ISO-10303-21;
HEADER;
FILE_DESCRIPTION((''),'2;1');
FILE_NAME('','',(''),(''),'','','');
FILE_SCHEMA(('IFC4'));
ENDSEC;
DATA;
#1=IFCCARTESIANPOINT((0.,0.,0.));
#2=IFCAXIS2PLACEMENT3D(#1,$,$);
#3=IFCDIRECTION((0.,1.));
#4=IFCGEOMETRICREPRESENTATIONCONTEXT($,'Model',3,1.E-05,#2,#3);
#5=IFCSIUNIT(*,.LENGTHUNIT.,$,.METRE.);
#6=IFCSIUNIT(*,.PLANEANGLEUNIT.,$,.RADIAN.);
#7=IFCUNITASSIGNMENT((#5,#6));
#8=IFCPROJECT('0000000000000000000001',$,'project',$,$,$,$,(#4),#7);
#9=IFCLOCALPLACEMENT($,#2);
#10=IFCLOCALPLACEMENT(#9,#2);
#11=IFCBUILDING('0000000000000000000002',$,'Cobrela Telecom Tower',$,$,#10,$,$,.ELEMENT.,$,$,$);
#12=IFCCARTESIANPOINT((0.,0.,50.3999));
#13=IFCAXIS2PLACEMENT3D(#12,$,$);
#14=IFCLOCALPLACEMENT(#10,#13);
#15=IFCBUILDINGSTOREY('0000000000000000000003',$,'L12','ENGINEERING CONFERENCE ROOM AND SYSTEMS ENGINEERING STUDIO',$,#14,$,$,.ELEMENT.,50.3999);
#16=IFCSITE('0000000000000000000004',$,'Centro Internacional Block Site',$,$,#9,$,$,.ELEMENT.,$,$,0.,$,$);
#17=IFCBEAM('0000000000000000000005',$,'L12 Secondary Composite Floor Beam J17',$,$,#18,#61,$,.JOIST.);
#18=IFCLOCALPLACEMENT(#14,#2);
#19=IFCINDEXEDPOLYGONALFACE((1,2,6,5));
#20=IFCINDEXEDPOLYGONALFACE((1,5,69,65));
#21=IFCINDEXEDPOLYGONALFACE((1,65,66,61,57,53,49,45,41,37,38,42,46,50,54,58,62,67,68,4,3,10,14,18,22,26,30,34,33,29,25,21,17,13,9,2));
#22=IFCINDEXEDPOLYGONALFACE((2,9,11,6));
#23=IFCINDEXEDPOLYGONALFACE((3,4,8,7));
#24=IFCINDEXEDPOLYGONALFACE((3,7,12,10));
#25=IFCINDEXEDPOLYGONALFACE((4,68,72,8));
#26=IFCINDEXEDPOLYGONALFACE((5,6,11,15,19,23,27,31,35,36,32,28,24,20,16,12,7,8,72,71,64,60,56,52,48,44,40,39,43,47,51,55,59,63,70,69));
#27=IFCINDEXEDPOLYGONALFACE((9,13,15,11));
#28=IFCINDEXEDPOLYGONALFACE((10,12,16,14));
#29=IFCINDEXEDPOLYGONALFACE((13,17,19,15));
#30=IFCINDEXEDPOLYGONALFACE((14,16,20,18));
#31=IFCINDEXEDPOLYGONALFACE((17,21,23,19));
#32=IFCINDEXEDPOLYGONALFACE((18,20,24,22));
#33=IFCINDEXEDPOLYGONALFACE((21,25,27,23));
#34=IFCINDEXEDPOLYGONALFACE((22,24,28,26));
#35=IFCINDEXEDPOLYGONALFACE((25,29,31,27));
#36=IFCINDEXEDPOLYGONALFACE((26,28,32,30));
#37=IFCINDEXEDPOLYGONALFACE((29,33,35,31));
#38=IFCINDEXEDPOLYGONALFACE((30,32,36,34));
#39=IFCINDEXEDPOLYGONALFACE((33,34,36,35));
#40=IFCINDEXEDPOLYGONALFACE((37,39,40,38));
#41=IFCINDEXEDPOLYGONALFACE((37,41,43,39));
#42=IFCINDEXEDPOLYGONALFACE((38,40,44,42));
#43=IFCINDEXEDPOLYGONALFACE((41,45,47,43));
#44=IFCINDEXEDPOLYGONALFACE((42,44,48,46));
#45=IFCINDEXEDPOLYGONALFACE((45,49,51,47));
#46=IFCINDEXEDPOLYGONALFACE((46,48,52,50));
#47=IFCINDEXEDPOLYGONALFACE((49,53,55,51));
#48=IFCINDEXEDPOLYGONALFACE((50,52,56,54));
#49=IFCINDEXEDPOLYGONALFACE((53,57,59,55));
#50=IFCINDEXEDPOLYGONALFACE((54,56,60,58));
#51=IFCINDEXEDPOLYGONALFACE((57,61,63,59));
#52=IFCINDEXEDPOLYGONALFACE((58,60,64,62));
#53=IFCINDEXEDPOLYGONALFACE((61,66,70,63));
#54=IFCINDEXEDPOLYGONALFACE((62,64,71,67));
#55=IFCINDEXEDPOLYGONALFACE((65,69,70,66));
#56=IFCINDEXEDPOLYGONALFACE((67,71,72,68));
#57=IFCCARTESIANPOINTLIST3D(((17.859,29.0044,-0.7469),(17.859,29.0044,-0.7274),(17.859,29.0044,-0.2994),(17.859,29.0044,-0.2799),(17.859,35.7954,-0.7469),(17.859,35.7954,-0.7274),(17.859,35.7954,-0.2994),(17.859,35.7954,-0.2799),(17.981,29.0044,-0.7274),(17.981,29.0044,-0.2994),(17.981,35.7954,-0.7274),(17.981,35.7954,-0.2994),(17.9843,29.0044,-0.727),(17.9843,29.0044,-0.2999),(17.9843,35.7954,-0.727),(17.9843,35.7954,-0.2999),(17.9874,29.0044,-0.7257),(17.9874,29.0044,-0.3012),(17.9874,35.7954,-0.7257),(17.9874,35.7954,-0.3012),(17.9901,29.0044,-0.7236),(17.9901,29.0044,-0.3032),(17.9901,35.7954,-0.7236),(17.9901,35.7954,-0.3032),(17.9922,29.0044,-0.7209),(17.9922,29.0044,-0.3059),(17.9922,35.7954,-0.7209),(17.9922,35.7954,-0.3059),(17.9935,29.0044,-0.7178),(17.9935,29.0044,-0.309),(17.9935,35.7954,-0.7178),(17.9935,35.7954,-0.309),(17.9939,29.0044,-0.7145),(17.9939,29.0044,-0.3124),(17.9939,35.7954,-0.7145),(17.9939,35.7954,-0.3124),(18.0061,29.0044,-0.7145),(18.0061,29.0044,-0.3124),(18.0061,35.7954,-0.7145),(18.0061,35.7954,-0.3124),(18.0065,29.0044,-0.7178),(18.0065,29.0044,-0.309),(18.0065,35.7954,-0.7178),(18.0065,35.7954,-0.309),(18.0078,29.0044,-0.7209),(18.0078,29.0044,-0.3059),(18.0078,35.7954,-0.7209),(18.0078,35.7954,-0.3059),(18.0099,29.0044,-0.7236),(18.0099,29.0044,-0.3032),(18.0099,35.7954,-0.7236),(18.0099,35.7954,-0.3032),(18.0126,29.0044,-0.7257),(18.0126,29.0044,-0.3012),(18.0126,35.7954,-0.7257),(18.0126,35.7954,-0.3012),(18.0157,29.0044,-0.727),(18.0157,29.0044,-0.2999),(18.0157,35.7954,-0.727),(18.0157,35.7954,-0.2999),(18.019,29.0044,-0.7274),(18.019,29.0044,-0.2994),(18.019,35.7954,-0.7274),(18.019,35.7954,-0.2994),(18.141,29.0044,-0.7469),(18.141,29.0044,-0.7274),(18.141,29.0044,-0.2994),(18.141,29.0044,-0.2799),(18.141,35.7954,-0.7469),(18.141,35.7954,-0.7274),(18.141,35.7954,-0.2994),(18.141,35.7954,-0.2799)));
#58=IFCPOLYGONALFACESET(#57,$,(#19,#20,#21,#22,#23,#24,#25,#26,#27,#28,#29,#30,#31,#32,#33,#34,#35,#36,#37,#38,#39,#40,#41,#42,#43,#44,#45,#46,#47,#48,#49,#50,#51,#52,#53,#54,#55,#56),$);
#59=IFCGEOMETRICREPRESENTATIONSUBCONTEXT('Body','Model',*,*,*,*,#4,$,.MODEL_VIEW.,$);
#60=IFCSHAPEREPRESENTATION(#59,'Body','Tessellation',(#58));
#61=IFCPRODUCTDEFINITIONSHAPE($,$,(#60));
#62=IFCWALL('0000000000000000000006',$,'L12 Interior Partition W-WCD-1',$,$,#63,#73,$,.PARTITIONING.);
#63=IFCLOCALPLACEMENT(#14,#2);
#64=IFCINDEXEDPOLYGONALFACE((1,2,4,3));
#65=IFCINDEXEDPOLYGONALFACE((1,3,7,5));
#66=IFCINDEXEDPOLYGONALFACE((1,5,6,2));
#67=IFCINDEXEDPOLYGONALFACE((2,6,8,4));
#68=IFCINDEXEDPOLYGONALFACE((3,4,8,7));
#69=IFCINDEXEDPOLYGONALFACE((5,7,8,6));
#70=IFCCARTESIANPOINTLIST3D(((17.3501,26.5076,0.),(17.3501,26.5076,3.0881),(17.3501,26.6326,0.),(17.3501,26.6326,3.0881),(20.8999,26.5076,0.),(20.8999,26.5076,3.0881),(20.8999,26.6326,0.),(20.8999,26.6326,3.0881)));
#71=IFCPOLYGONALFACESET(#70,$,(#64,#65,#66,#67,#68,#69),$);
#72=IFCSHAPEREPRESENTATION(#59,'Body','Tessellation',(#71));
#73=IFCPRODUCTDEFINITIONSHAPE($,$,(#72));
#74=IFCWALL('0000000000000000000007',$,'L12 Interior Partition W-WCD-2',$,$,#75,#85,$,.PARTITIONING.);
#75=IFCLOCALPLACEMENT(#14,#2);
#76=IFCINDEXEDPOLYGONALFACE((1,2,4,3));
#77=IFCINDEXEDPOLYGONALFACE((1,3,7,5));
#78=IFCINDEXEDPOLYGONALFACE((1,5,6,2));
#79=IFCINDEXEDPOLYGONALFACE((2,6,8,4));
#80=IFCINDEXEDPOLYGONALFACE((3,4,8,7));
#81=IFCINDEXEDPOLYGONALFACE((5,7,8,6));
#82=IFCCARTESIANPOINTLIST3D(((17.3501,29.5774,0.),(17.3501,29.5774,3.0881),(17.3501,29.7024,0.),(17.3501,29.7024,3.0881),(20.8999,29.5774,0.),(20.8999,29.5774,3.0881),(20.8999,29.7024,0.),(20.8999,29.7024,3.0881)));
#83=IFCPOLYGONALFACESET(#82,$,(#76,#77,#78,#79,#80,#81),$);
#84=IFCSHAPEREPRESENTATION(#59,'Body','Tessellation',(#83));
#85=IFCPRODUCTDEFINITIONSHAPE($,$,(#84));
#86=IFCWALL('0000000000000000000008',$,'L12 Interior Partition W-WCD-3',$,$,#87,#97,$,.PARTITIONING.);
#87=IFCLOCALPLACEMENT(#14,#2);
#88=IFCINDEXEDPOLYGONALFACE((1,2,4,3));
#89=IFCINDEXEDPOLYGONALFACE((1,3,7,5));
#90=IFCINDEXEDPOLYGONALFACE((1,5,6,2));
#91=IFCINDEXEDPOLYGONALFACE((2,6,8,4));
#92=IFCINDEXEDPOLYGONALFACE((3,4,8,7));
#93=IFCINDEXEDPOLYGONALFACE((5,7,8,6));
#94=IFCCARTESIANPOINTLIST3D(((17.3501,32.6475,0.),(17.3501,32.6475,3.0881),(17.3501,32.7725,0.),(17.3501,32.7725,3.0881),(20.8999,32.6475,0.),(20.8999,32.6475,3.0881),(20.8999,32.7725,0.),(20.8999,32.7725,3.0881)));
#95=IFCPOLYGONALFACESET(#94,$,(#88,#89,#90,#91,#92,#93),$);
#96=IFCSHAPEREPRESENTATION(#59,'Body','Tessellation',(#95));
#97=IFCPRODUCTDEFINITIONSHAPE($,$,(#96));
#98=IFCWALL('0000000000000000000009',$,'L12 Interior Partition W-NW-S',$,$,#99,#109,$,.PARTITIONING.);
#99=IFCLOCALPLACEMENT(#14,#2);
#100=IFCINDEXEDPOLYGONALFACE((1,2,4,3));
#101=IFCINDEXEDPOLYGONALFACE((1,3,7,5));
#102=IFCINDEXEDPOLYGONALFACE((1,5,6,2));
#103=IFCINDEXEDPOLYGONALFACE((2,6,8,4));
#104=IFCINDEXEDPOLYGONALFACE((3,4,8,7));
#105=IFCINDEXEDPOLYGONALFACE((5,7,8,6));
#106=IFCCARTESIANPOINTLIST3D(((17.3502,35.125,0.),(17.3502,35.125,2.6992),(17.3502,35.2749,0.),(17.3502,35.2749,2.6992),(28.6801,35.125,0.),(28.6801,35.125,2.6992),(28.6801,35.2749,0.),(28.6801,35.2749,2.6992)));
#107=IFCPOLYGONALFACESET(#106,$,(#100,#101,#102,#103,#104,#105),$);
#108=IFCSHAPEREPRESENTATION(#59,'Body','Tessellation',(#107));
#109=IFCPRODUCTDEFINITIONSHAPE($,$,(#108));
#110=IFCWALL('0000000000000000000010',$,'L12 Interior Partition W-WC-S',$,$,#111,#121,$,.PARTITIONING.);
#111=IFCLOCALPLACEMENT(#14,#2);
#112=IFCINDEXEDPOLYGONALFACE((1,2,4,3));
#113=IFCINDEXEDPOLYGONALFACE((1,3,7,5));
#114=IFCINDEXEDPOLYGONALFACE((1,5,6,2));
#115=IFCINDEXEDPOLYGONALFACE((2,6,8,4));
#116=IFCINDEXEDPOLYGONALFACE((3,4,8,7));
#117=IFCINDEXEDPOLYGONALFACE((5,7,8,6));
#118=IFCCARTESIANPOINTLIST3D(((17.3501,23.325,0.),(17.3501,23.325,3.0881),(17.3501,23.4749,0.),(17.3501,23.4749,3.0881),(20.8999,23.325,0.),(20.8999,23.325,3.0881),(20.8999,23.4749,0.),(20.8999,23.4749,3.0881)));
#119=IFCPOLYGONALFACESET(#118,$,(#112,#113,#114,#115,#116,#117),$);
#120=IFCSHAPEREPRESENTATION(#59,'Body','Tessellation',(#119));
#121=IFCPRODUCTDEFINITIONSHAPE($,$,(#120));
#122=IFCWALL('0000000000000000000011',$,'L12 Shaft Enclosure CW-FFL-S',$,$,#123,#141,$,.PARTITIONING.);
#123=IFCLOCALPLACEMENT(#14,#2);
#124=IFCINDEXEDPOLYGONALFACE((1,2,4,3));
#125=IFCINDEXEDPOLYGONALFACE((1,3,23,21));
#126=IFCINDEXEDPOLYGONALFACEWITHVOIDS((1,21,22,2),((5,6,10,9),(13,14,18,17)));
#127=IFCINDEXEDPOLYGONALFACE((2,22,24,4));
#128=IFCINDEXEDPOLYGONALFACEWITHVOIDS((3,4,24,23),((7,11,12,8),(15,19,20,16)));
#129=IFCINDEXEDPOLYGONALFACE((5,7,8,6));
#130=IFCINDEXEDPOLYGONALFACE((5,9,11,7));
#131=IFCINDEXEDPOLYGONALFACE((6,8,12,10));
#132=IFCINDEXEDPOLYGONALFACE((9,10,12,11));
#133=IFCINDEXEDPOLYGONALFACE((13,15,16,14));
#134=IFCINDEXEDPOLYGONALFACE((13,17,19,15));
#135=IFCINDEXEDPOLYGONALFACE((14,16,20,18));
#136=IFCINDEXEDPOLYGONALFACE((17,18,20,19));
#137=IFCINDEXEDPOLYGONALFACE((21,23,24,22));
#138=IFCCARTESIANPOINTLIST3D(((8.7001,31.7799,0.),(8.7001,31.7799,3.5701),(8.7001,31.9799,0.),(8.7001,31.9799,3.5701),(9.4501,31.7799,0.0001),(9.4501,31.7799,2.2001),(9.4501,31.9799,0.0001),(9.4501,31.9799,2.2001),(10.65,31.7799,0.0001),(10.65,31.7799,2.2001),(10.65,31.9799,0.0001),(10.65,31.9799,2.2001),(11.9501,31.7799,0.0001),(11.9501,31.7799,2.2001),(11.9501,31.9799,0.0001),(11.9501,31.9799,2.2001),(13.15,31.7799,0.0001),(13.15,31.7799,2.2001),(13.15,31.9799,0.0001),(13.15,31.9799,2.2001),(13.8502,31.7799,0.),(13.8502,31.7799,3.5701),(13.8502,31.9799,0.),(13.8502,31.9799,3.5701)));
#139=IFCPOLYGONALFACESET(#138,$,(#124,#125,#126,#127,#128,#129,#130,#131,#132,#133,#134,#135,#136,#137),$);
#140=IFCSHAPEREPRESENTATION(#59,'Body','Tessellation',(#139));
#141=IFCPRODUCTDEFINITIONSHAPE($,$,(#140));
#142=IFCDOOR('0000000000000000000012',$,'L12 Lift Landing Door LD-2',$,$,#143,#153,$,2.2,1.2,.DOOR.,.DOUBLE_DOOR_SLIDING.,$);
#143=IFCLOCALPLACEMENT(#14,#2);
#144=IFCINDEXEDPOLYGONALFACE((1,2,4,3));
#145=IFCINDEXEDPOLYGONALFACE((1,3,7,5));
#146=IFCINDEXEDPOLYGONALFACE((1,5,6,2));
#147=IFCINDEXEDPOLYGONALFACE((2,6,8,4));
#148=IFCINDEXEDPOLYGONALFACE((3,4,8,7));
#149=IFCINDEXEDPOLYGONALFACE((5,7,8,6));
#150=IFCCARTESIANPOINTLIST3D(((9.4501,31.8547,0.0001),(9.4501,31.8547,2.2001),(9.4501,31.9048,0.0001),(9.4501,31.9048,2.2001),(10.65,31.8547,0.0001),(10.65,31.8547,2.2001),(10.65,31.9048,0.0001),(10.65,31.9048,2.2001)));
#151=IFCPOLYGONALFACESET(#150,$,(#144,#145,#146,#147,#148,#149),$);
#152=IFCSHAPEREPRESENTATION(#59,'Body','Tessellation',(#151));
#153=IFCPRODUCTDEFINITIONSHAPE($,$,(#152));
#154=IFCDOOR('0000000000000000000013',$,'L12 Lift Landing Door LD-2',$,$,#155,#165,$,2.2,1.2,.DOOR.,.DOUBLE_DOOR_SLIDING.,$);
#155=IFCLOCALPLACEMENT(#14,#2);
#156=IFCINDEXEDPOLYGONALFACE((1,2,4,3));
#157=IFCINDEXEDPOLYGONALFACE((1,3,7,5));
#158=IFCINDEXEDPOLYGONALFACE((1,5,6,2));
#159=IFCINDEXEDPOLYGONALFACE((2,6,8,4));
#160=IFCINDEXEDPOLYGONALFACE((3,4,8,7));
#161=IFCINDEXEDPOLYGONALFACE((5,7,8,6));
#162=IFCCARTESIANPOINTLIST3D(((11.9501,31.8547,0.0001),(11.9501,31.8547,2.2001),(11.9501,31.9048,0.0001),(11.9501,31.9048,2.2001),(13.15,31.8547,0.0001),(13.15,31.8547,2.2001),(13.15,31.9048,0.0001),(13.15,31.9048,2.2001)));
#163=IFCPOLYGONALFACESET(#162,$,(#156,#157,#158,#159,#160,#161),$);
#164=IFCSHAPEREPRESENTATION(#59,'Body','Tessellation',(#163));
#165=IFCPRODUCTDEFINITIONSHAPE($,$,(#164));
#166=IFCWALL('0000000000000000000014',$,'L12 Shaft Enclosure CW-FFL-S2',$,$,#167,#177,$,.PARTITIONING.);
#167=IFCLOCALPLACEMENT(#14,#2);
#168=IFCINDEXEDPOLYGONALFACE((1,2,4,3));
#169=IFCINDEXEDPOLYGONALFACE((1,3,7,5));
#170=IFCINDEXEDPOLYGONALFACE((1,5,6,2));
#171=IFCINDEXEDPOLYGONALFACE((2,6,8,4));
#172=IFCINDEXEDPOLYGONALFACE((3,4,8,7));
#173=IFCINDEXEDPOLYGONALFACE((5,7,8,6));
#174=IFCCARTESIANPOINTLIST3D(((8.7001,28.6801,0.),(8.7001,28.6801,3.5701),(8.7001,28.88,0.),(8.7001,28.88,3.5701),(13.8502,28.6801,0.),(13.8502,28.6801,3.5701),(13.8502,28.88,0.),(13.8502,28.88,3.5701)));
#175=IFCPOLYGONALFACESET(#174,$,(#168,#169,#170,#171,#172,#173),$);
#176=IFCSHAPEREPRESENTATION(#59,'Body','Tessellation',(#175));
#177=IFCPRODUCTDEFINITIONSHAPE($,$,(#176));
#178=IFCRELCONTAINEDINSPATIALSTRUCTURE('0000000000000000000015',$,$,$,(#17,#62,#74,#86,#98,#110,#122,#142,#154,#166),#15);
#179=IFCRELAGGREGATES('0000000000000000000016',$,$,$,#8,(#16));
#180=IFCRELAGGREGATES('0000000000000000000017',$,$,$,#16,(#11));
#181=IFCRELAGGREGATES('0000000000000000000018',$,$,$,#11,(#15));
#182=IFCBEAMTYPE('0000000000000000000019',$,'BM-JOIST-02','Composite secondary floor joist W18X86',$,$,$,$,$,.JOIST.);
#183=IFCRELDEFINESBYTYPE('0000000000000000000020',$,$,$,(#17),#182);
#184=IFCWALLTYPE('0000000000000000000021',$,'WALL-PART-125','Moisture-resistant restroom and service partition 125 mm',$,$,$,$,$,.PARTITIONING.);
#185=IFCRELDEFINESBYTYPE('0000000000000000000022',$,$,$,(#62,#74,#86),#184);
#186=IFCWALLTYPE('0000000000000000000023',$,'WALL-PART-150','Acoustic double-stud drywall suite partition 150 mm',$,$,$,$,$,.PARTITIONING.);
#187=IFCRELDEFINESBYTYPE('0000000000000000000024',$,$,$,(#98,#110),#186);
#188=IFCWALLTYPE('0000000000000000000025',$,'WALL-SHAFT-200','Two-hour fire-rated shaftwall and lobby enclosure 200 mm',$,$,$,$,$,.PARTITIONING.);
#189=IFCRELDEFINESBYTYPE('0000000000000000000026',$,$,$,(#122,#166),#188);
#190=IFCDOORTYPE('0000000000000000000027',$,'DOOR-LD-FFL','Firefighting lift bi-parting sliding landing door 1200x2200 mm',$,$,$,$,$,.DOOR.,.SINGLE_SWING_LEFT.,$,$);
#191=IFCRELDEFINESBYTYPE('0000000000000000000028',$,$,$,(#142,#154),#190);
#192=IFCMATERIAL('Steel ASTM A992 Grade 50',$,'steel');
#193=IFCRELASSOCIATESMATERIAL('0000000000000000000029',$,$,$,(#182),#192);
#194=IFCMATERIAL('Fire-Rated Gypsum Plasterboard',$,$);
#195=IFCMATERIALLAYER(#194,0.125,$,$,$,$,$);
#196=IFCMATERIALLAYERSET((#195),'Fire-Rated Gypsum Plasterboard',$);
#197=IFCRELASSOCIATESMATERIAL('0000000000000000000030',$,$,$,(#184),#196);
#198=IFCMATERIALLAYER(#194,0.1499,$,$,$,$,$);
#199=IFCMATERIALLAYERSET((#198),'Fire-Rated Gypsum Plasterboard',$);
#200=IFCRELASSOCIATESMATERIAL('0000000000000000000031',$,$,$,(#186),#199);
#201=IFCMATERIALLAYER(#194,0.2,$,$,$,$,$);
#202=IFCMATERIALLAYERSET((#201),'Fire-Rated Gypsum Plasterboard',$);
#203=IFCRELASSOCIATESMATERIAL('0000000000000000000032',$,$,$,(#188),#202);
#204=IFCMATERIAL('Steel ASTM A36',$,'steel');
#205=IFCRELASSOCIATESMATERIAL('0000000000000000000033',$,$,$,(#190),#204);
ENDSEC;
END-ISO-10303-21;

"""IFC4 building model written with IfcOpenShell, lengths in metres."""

from ifc_helpers import new_model, si_unit, direction, frame, frame_2d, origin, origin_2d, place, context, subcontext, project, spatial, rectangle, i_section, extrude, material, layer, layer_set, material_profile, profile_set, type_object, element, fill, save


model = new_model("IFC4")

# Units and contexts
model_context = context("Model", 3, precision=1e-05, world=origin(), true_north=direction((0.0, 1.0)))
body_context = subcontext(model_context, "Body", "Model", "MODEL_VIEW")
ifc_project = project(units=[si_unit("LENGTHUNIT", "METRE"), si_unit("PLANEANGLEUNIT", "RADIAN")], contexts=[model_context])

# Site, building, storey
site_placement = place(None, origin())
site = spatial("IfcSite", under=ifc_project, at=site_placement, Name="Centro Internacional Block Site", CompositionType="ELEMENT", RefElevation=0.0)
building_placement = place(site_placement, origin())
building = spatial("IfcBuilding", under=site, at=building_placement, Name="Cobrela Telecom Tower", CompositionType="ELEMENT")
storey_placement = place(building_placement, frame((0.0, 0.0, 50.3999)))
storey = spatial("IfcBuildingStorey", under=building, at=storey_placement, Name="L12", Description="ENGINEERING CONFERENCE ROOM AND SYSTEMS ENGINEERING STUDIO", CompositionType="ELEMENT", Elevation=50.3999)

# Beam
ifc_material_1 = material(Name="Steel ASTM A992 Grade 50", Category="steel")
ifc_material_profile_1 = material_profile(ifc_material_1, i_section(OverallWidth=0.282, OverallDepth=0.467, WebThickness=0.0122, FlangeThickness=0.0195, FilletRadius=0.0129, at=origin_2d()), Name="W18X86")
ifc_profile_set_1 = profile_set([ifc_material_profile_1], Name="Steel ASTM A992 Grade 50")
beam_type_1 = type_object("IfcBeamType", Name="BM-JOIST-02", Description="Composite secondary floor joist W18X86", PredefinedType="JOIST", material=ifc_profile_set_1)
for number, where, z_axis, x_axis, name in (
    (1, (18.0, 29.0044, -0.5134), (0.0, 1.0, 0.0), (-1.0, 0.0, 0.0), "L12 Secondary Composite Floor Beam J17"),
):
    element("IfcBeam", number, at=place(storey_placement, frame(where, z_axis=z_axis, x_axis=x_axis)), inside=storey, type_object=beam_type_1, Name=name, PredefinedType="JOIST", context=body_context, shape_type="SweptSolid", body=[
        extrude(i_section(OverallWidth=0.282, OverallDepth=0.467, WebThickness=0.0122, FlangeThickness=0.0195, FilletRadius=0.0129, at=origin_2d()), origin(), (0.0, 0.0, 1.0), 6.791),
    ])

# Shared definitions
ifc_material_2 = material(Name="Steel ASTM A36", Category="steel")

# Walls
ifc_material_3 = material(Name="Fire-Rated Gypsum Plasterboard")
ifc_layer_1 = layer(ifc_material_3, 0.125)
ifc_layer_set_1 = layer_set([ifc_layer_1], Name="Fire-Rated Gypsum Plasterboard")
wall_type_1 = type_object("IfcWallType", Name="WALL-PART-125", Description="Moisture-resistant restroom and service partition 125 mm", PredefinedType="PARTITIONING", material=ifc_layer_set_1)
for number, where, z_axis, x_axis, name in (
    (2, (17.3501, 26.5701, 0.0), (0.0, 0.0, 1.0), (1.0, 0.0, 0.0), "L12 Interior Partition W-WCD-1"),
    (3, (17.3501, 29.6399, 0.0), (0.0, 0.0, 1.0), (1.0, 0.0, 0.0), "L12 Interior Partition W-WCD-2"),
    (4, (17.3501, 32.71, 0.0), (0.0, 0.0, 1.0), (1.0, 0.0, 0.0), "L12 Interior Partition W-WCD-3"),
):
    element("IfcWall", number, at=place(storey_placement, frame(where, z_axis=z_axis, x_axis=x_axis)), inside=storey, type_object=wall_type_1, Name=name, PredefinedType="PARTITIONING", context=body_context, shape_type="SweptSolid", body=[
        extrude(rectangle(XDim=3.5498, YDim=0.125, at=frame_2d((1.7749, 0.0))), origin(), (0.0, 0.0, 1.0), 3.0881),
    ])

# Shared definitions
ifc_layer_2 = layer(ifc_material_3, 0.1499)
ifc_layer_set_2 = layer_set([ifc_layer_2], Name="Fire-Rated Gypsum Plasterboard")
wall_type_2 = type_object("IfcWallType", Name="WALL-PART-150", Description="Acoustic double-stud drywall suite partition 150 mm", PredefinedType="PARTITIONING", material=ifc_layer_set_2)

# Walls
wall_1_placement = place(storey_placement, frame((17.3501, 35.2, 0.0), z_axis=(0.0, 0.0, 1.0), x_axis=(1.0, 0.0, 0.0)))
element("IfcWall", 5, at=wall_1_placement, inside=storey, type_object=wall_type_2, Name="L12 Interior Partition W-NW-S", PredefinedType="PARTITIONING", context=body_context, shape_type="SweptSolid", body=[
    extrude(rectangle(XDim=11.3298, YDim=0.1499, at=frame_2d((5.665, 0.0))), origin(), (0.0, 0.0, 1.0), 2.6992),
])
wall_2_placement = place(storey_placement, frame((17.3501, 23.3999, 0.0), z_axis=(0.0, 0.0, 1.0), x_axis=(1.0, 0.0, 0.0)))
element("IfcWall", 6, at=wall_2_placement, inside=storey, type_object=wall_type_2, Name="L12 Interior Partition W-WC-S", PredefinedType="PARTITIONING", context=body_context, shape_type="SweptSolid", body=[
    extrude(rectangle(XDim=3.5498, YDim=0.1499, at=frame_2d((1.7749, 0.0))), origin(), (0.0, 0.0, 1.0), 3.0881),
])

# Wall, openings, doors
ifc_layer_3 = layer(ifc_material_3, 0.2)
ifc_layer_set_3 = layer_set([ifc_layer_3], Name="Fire-Rated Gypsum Plasterboard")
wall_type_3 = type_object("IfcWallType", Name="WALL-SHAFT-200", Description="Two-hour fire-rated shaftwall and lobby enclosure 200 mm", PredefinedType="PARTITIONING", material=ifc_layer_set_3)
wall_3_placement = place(storey_placement, frame((8.7, 31.8799, 0.0), z_axis=(0.0, 0.0, 1.0), x_axis=(1.0, 0.0, 0.0)))
wall_3 = element("IfcWall", 7, at=wall_3_placement, inside=storey, type_object=wall_type_3, Name="L12 Shaft Enclosure CW-FFL-S", PredefinedType="PARTITIONING", context=body_context, shape_type="SweptSolid", body=[
    extrude(rectangle(XDim=5.1501, YDim=0.2, at=frame_2d((2.5752, 0.0))), origin(), (0.0, 0.0, 1.0), 3.5701),
])
opening_1_placement = place(wall_3_placement, frame((0.75, 0.0, 0.0)))
opening_1 = element("IfcOpeningElement", 8, at=opening_1_placement, cuts=wall_3, PredefinedType="OPENING", context=body_context, shape_type="SweptSolid", body=[
    extrude(rectangle(XDim=1.2, YDim=2.2, at=frame_2d((0.6001, 1.1001))), frame((0.0, 0.1118, 0.0), z_axis=(0.0, -1.0, 0.0), x_axis=(1.0, 0.0, 0.0)), (0.0, 0.0, 1.0), 0.2239),
])
opening_2_placement = place(wall_3_placement, frame((3.25, 0.0, 0.0)))
opening_2 = element("IfcOpeningElement", 9, at=opening_2_placement, cuts=wall_3, PredefinedType="OPENING", context=body_context, shape_type="SweptSolid", body=[
    extrude(rectangle(XDim=1.2, YDim=2.2, at=frame_2d((0.6001, 1.1001))), frame((0.0, 0.1118, 0.0), z_axis=(0.0, -1.0, 0.0), x_axis=(1.0, 0.0, 0.0)), (0.0, 0.0, 1.0), 0.2239),
])
door_type_1 = type_object("IfcDoorType", Name="DOOR-LD-FFL", Description="Firefighting lift bi-parting sliding landing door 1200x2200 mm", OperationType="SINGLE_SWING_LEFT", PredefinedType="DOOR", material=ifc_material_2)
door_1_placement = place(opening_1_placement, origin())
door_1 = element("IfcDoor", 10, at=door_1_placement, inside=storey, type_object=door_type_1, Name="L12 Lift Landing Door LD-2", OperationType="DOUBLE_DOOR_SLIDING", OverallHeight=2.2, OverallWidth=1.2, PredefinedType="DOOR", context=body_context, shape_type="SweptSolid", body=[
    extrude(rectangle(XDim=1.2, YDim=2.2, at=frame_2d((0.6001, 1.1001))), frame((0.0, 0.0249, 0.0), z_axis=(0.0, -1.0, 0.0), x_axis=(1.0, 0.0, 0.0)), (0.0, 0.0, 1.0), 0.05),
])
fill(opening_1, door_1)
door_2_placement = place(opening_2_placement, origin())
door_2 = element("IfcDoor", 11, at=door_2_placement, inside=storey, type_object=door_type_1, Name="L12 Lift Landing Door LD-2", OperationType="DOUBLE_DOOR_SLIDING", OverallHeight=2.2, OverallWidth=1.2, PredefinedType="DOOR", context=body_context, shape_type="SweptSolid", body=[
    extrude(rectangle(XDim=1.2, YDim=2.2, at=frame_2d((0.6001, 1.1001))), frame((0.0, 0.0249, 0.0), z_axis=(0.0, -1.0, 0.0), x_axis=(1.0, 0.0, 0.0)), (0.0, 0.0, 1.0), 0.05),
])
fill(opening_2, door_2)

# Wall
wall_4_placement = place(storey_placement, frame((8.7, 28.78, 0.0), z_axis=(0.0, 0.0, 1.0), x_axis=(1.0, 0.0, 0.0)))
element("IfcWall", 12, at=wall_4_placement, inside=storey, type_object=wall_type_3, Name="L12 Shaft Enclosure CW-FFL-S2", PredefinedType="PARTITIONING", context=body_context, shape_type="SweptSolid", body=[
    extrude(rectangle(XDim=5.1501, YDim=0.2, at=frame_2d((2.5752, 0.0))), origin(), (0.0, 0.0, 1.0), 3.5701),
])

save(model, "model.ifc")
